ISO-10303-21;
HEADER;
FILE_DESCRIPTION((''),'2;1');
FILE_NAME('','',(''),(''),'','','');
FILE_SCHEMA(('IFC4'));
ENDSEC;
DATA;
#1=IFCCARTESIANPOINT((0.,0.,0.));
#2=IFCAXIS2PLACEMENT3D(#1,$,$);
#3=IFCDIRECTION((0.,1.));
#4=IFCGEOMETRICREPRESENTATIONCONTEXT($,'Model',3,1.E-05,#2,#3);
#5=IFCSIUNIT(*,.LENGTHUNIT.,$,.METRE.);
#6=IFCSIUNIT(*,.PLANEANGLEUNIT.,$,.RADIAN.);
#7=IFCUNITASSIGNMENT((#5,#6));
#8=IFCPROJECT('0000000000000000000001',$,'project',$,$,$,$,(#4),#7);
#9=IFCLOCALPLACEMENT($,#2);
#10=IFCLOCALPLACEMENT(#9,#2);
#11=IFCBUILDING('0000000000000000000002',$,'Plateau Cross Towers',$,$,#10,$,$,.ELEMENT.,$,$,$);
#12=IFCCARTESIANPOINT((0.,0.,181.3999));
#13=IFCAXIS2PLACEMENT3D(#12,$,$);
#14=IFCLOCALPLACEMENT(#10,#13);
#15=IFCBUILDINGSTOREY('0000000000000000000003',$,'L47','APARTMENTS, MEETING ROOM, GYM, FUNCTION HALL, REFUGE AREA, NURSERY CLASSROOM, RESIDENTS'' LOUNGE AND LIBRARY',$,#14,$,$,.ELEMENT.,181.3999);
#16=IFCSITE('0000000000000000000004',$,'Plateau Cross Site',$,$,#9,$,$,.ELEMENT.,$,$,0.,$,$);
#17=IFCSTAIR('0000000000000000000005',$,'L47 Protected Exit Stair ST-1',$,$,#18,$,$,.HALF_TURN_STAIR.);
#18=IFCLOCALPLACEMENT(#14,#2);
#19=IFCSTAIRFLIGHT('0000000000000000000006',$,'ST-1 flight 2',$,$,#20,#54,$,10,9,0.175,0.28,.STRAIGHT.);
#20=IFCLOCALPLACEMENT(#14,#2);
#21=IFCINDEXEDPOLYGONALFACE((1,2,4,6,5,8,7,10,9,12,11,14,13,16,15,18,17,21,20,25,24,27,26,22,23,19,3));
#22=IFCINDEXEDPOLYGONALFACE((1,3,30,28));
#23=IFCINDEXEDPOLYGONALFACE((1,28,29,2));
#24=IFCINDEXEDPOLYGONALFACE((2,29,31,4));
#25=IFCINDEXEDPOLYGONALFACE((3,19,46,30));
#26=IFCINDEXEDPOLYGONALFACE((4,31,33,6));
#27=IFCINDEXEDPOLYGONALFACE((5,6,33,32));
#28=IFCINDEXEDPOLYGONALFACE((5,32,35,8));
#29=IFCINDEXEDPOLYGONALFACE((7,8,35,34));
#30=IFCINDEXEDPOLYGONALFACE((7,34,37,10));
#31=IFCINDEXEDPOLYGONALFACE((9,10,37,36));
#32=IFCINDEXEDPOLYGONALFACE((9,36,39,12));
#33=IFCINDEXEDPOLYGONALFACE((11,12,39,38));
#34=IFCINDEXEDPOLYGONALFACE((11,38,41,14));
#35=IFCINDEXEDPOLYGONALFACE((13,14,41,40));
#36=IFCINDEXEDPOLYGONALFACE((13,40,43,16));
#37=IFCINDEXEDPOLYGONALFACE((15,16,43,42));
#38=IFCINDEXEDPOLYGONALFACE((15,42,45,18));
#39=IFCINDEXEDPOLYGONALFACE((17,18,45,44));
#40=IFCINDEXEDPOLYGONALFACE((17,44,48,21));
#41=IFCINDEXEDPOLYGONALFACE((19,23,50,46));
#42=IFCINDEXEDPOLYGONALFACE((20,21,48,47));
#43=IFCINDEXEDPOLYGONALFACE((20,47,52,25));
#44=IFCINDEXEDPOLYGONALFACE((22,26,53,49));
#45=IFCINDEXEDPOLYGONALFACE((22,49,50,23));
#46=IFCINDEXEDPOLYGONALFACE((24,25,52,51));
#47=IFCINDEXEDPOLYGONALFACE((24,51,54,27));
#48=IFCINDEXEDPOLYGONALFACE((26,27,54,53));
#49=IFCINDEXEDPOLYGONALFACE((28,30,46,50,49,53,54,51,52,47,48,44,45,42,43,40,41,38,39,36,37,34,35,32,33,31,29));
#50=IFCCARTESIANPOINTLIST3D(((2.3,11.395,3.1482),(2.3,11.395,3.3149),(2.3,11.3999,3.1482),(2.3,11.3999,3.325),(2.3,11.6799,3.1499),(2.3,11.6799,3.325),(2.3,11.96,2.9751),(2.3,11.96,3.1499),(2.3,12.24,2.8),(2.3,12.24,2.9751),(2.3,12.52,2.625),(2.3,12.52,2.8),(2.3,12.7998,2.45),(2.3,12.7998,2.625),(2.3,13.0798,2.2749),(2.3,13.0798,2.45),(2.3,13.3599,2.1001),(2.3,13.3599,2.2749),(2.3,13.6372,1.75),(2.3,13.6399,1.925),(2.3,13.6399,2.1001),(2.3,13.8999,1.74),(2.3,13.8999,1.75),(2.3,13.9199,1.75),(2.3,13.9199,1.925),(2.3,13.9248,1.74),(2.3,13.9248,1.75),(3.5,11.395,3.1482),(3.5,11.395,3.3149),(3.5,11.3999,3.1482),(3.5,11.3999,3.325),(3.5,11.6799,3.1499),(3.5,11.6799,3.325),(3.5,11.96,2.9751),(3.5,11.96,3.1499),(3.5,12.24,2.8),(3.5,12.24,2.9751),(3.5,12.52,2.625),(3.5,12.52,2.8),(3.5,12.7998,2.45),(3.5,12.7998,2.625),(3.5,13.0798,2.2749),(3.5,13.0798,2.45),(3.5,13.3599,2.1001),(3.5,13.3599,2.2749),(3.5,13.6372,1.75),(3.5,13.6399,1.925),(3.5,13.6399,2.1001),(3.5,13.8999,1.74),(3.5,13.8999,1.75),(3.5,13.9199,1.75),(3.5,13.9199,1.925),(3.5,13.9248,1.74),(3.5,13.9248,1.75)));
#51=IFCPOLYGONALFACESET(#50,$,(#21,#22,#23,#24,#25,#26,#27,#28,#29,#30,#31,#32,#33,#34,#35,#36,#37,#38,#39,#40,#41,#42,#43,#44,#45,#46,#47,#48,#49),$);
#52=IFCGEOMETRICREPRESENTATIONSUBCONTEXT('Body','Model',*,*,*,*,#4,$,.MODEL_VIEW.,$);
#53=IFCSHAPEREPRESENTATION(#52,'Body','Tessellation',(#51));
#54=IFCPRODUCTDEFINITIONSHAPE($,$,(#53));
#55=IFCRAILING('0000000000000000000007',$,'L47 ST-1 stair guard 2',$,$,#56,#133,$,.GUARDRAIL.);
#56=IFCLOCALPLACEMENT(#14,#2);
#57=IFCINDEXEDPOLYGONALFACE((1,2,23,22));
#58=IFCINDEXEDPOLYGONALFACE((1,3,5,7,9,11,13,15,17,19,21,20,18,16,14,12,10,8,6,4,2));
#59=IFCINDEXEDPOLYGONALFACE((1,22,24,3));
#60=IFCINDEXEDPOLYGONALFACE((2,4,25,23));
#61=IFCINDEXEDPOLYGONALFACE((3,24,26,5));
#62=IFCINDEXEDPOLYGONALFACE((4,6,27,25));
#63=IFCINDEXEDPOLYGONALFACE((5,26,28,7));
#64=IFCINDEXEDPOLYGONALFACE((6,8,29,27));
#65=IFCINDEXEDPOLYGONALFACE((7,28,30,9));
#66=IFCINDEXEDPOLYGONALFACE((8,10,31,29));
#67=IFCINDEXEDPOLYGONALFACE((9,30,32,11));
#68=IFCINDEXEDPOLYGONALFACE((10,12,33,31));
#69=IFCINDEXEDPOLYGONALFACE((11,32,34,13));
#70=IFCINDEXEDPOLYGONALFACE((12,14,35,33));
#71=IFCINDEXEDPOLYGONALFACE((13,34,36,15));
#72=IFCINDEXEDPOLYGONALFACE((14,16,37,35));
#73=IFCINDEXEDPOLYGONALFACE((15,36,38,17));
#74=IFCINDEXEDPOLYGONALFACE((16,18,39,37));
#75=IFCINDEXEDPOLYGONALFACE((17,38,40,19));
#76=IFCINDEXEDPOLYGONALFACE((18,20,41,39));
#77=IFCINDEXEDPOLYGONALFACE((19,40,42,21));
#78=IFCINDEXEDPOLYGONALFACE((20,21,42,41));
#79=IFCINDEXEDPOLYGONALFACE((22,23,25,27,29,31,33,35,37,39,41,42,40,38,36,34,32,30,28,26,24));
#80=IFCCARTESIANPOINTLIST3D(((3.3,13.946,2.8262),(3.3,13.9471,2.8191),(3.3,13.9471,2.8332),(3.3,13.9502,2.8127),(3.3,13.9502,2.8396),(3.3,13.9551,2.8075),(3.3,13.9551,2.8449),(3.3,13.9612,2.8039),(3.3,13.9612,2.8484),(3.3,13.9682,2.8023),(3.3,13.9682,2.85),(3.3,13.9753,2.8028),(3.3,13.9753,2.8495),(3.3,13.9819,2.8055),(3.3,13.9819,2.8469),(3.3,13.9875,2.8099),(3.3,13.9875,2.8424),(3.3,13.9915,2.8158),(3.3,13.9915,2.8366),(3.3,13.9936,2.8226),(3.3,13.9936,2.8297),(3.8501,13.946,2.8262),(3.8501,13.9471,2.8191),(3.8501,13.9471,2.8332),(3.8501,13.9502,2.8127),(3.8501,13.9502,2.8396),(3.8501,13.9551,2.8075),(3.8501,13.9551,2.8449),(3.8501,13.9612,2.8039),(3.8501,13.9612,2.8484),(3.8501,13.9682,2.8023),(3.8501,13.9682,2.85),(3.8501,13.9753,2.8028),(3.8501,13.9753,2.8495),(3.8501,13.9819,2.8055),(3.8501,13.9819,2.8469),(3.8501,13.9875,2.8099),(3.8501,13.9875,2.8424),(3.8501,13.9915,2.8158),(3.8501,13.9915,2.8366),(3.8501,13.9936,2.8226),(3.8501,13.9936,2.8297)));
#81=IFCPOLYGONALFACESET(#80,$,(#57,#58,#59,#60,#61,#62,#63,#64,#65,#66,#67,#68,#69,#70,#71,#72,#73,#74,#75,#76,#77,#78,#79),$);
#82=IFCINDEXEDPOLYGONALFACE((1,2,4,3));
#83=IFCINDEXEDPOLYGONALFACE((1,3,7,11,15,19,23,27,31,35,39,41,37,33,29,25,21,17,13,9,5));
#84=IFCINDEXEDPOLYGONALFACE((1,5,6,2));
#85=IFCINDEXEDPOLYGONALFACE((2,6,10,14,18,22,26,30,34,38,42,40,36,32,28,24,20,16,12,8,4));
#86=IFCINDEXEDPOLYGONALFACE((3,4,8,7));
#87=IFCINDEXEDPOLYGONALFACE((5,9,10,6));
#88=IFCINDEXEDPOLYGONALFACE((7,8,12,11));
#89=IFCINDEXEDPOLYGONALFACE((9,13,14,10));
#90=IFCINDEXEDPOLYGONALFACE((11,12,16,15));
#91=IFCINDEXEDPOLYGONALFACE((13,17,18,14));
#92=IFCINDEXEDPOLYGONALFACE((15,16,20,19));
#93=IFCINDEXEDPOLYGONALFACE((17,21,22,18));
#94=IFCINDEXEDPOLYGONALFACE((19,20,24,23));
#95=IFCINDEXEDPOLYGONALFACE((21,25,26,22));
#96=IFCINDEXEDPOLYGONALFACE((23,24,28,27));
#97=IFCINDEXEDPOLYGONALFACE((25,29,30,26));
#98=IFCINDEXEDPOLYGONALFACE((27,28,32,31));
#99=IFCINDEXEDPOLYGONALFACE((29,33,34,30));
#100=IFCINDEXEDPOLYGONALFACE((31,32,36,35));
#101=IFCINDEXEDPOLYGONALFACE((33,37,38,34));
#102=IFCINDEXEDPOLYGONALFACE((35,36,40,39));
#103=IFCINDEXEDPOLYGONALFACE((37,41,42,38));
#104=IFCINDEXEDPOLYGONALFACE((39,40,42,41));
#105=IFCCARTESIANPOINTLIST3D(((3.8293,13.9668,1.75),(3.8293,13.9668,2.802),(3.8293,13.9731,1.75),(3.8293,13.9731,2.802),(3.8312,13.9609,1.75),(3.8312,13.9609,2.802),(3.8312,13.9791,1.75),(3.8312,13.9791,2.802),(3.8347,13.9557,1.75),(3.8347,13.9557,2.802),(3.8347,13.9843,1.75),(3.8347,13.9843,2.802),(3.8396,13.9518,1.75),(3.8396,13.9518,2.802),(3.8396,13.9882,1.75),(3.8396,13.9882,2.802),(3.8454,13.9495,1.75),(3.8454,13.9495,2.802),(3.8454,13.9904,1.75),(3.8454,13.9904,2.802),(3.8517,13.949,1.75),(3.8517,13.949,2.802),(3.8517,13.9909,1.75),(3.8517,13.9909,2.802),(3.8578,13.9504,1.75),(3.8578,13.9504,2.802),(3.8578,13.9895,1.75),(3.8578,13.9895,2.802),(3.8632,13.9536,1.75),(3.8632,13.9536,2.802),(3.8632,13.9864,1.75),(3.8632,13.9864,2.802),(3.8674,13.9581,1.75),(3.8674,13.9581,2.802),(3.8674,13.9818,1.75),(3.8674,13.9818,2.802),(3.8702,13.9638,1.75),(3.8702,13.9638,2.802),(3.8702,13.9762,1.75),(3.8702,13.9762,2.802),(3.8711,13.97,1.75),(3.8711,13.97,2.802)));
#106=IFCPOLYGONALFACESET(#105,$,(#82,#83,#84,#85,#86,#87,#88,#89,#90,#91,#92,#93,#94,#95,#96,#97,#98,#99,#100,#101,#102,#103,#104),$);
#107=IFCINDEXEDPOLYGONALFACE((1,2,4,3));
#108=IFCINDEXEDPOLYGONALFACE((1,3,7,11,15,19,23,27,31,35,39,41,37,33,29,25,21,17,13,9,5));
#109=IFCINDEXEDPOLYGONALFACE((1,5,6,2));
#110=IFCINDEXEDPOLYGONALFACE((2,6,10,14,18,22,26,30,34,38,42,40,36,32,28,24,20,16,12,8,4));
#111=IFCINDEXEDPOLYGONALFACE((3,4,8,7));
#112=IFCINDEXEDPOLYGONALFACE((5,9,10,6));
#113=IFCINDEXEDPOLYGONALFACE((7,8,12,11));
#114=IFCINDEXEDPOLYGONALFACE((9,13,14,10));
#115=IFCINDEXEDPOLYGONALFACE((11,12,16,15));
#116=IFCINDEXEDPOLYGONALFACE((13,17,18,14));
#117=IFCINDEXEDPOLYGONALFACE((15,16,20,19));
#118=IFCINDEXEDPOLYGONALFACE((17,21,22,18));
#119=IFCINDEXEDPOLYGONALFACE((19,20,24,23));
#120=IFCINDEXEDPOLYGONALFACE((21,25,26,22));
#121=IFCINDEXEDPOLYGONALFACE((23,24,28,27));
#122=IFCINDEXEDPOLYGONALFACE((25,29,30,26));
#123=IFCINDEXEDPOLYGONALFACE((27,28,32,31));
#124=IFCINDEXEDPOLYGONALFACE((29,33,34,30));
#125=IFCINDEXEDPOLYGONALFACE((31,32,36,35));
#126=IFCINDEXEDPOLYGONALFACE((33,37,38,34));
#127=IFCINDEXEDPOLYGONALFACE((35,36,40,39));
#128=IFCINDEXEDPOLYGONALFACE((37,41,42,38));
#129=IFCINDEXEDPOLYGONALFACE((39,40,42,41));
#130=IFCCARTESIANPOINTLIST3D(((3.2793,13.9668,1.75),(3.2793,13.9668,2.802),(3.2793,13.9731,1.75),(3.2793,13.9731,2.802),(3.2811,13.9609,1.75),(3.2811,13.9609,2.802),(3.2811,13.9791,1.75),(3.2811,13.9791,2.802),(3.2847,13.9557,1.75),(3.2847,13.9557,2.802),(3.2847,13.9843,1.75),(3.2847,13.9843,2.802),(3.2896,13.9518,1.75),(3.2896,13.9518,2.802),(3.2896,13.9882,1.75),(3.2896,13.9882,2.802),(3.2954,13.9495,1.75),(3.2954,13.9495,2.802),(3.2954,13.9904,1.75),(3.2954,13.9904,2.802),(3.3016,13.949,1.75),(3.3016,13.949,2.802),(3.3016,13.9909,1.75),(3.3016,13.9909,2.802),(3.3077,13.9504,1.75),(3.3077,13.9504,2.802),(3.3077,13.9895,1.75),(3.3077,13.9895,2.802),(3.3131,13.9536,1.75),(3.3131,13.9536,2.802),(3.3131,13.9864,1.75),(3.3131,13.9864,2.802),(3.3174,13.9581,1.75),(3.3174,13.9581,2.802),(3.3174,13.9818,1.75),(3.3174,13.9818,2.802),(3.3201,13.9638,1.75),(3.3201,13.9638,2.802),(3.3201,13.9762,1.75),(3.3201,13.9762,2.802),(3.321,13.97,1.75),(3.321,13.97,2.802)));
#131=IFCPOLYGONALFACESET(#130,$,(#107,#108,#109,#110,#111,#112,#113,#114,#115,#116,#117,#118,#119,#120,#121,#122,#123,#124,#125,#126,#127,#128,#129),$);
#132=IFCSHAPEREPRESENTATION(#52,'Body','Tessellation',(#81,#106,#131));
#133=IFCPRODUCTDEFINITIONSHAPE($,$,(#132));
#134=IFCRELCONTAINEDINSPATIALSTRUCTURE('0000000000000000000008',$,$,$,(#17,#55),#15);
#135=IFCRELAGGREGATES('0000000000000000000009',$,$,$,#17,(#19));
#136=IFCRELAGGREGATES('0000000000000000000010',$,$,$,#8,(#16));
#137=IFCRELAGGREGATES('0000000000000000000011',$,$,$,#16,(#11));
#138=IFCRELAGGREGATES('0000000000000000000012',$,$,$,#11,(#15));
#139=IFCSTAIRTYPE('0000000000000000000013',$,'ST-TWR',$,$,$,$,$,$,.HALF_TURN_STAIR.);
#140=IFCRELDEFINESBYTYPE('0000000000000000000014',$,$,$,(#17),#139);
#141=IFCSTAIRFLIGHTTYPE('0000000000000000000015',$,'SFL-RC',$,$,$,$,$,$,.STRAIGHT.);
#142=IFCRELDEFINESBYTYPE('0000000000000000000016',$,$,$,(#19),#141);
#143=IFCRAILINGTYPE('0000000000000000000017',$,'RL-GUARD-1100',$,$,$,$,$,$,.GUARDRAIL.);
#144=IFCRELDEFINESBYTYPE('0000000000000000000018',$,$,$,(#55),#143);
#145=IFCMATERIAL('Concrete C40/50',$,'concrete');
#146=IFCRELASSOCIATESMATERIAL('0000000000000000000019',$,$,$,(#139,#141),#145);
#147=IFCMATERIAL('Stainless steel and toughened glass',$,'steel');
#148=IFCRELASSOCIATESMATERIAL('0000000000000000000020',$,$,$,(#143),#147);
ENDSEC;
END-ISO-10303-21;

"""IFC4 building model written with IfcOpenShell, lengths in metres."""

from ifc_helpers import new_model, si_unit, direction, frame, origin, origin_2d, place, context, subcontext, project, spatial, polyline, circle, outline, extrude, material, type_object, element, aggregate, save


model = new_model("IFC4")

# Units and contexts
model_context = context("Model", 3, precision=1e-05, world=origin(), true_north=direction((0.0, 1.0)))
body_context = subcontext(model_context, "Body", "Model", "MODEL_VIEW")
ifc_project = project(units=[si_unit("LENGTHUNIT", "METRE"), si_unit("PLANEANGLEUNIT", "RADIAN")], contexts=[model_context])

# Site, building, storey
site_placement = place(None, origin())
site = spatial("IfcSite", under=ifc_project, at=site_placement, Name="Plateau Cross Site", CompositionType="ELEMENT", RefElevation=0.0)
building_placement = place(site_placement, origin())
building = spatial("IfcBuilding", under=site, at=building_placement, Name="Plateau Cross Towers", CompositionType="ELEMENT")
storey_placement = place(building_placement, frame((0.0, 0.0, 181.3999)))
storey = spatial("IfcBuildingStorey", under=building, at=storey_placement, Name="L47", Description="APARTMENTS, MEETING ROOM, GYM, FUNCTION HALL, REFUGE AREA, NURSERY CLASSROOM, RESIDENTS' LOUNGE AND LIBRARY", CompositionType="ELEMENT", Elevation=181.3999)

# Stair, stair flight
ifc_material_1 = material(Name="Concrete C40/50", Category="concrete")
stair_type = type_object("IfcStairType", Name="ST-TWR", PredefinedType="HALF_TURN_STAIR", material=ifc_material_1)
stair_placement = place(storey_placement, origin())
stair = element("IfcStair", 1, at=stair_placement, inside=storey, type_object=stair_type, Name="L47 Protected Exit Stair ST-1", PredefinedType="HALF_TURN_STAIR")
stair_flight_type = type_object("IfcStairFlightType", Name="SFL-RC", PredefinedType="STRAIGHT", material=ifc_material_1)
stair_flight_1_placement = place(storey_placement, frame((2.8999, 13.9199, 1.75), z_axis=(0.0, 0.0, 1.0), x_axis=(0.0, -1.0, 0.0)))
stair_flight_1 = element("IfcStairFlight", 2, at=stair_flight_1_placement, type_object=stair_flight_type, Name="ST-1 flight 2", NumberOfRisers=10, NumberOfTreads=9, PredefinedType="STRAIGHT", RiserHeight=0.175, TreadLength=0.28, context=body_context, shape_type="SweptSolid", body=[
    extrude(outline(polyline([(-0.0049, -0.01), (-0.0049, 0.0), (0.0, 0.0), (0.0, 0.175), (0.28, 0.175), (0.28, 0.3501), (0.5601, 0.3501), (0.5601, 0.5249), (0.8401, 0.5249), (0.8401, 0.7), (1.1201, 0.7), (1.1201, 0.875), (1.3999, 0.875), (1.3999, 1.05), (1.6799, 1.05), (1.6799, 1.2251), (1.96, 1.2251), (1.96, 1.3999), (2.24, 1.3999), (2.24, 1.575), (2.52, 1.575), (2.5249, 1.5649), (2.5249, 1.3982), (2.52, 1.3982), (0.2827, 0.0), (0.02, 0.0), (0.02, -0.01), (-0.0049, -0.01)])), frame((0.0, 0.6001, 0.0), z_axis=(0.0, -1.0, 0.0), x_axis=(1.0, 0.0, 0.0)), (0.0, 0.0, 1.0), 1.2),
])
aggregate(stair, [stair_flight_1])

# Railing
ifc_material_2 = material(Name="Stainless steel and toughened glass", Category="steel")
railing_type_1 = type_object("IfcRailingType", Name="RL-GUARD-1100", PredefinedType="GUARDRAIL", material=ifc_material_2)
railing_1_placement = place(storey_placement, frame((3.8501, 13.97, 1.75)))
element("IfcRailing", 3, at=railing_1_placement, inside=storey, type_object=railing_type_1, Name="L47 ST-1 stair guard 2", PredefinedType="GUARDRAIL", context=body_context, shape_type="SweptSolid", body=[
    extrude(circle(Radius=0.0239, at=origin_2d()), frame((0.0, 0.0, 1.0762), z_axis=(-1.0, 0.0, 0.0), x_axis=(0.0, -1.0, 0.0)), (0.0, 0.0, 1.0), 0.55),
    extrude(circle(Radius=0.021, at=origin_2d()), origin(), (0.0, 0.0, 1.0), 1.052),
    extrude(circle(Radius=0.021, at=origin_2d()), frame((-0.55, 0.0, 0.0)), (0.0, 0.0, 1.0), 1.052),
])

save(model, "model.ifc")
